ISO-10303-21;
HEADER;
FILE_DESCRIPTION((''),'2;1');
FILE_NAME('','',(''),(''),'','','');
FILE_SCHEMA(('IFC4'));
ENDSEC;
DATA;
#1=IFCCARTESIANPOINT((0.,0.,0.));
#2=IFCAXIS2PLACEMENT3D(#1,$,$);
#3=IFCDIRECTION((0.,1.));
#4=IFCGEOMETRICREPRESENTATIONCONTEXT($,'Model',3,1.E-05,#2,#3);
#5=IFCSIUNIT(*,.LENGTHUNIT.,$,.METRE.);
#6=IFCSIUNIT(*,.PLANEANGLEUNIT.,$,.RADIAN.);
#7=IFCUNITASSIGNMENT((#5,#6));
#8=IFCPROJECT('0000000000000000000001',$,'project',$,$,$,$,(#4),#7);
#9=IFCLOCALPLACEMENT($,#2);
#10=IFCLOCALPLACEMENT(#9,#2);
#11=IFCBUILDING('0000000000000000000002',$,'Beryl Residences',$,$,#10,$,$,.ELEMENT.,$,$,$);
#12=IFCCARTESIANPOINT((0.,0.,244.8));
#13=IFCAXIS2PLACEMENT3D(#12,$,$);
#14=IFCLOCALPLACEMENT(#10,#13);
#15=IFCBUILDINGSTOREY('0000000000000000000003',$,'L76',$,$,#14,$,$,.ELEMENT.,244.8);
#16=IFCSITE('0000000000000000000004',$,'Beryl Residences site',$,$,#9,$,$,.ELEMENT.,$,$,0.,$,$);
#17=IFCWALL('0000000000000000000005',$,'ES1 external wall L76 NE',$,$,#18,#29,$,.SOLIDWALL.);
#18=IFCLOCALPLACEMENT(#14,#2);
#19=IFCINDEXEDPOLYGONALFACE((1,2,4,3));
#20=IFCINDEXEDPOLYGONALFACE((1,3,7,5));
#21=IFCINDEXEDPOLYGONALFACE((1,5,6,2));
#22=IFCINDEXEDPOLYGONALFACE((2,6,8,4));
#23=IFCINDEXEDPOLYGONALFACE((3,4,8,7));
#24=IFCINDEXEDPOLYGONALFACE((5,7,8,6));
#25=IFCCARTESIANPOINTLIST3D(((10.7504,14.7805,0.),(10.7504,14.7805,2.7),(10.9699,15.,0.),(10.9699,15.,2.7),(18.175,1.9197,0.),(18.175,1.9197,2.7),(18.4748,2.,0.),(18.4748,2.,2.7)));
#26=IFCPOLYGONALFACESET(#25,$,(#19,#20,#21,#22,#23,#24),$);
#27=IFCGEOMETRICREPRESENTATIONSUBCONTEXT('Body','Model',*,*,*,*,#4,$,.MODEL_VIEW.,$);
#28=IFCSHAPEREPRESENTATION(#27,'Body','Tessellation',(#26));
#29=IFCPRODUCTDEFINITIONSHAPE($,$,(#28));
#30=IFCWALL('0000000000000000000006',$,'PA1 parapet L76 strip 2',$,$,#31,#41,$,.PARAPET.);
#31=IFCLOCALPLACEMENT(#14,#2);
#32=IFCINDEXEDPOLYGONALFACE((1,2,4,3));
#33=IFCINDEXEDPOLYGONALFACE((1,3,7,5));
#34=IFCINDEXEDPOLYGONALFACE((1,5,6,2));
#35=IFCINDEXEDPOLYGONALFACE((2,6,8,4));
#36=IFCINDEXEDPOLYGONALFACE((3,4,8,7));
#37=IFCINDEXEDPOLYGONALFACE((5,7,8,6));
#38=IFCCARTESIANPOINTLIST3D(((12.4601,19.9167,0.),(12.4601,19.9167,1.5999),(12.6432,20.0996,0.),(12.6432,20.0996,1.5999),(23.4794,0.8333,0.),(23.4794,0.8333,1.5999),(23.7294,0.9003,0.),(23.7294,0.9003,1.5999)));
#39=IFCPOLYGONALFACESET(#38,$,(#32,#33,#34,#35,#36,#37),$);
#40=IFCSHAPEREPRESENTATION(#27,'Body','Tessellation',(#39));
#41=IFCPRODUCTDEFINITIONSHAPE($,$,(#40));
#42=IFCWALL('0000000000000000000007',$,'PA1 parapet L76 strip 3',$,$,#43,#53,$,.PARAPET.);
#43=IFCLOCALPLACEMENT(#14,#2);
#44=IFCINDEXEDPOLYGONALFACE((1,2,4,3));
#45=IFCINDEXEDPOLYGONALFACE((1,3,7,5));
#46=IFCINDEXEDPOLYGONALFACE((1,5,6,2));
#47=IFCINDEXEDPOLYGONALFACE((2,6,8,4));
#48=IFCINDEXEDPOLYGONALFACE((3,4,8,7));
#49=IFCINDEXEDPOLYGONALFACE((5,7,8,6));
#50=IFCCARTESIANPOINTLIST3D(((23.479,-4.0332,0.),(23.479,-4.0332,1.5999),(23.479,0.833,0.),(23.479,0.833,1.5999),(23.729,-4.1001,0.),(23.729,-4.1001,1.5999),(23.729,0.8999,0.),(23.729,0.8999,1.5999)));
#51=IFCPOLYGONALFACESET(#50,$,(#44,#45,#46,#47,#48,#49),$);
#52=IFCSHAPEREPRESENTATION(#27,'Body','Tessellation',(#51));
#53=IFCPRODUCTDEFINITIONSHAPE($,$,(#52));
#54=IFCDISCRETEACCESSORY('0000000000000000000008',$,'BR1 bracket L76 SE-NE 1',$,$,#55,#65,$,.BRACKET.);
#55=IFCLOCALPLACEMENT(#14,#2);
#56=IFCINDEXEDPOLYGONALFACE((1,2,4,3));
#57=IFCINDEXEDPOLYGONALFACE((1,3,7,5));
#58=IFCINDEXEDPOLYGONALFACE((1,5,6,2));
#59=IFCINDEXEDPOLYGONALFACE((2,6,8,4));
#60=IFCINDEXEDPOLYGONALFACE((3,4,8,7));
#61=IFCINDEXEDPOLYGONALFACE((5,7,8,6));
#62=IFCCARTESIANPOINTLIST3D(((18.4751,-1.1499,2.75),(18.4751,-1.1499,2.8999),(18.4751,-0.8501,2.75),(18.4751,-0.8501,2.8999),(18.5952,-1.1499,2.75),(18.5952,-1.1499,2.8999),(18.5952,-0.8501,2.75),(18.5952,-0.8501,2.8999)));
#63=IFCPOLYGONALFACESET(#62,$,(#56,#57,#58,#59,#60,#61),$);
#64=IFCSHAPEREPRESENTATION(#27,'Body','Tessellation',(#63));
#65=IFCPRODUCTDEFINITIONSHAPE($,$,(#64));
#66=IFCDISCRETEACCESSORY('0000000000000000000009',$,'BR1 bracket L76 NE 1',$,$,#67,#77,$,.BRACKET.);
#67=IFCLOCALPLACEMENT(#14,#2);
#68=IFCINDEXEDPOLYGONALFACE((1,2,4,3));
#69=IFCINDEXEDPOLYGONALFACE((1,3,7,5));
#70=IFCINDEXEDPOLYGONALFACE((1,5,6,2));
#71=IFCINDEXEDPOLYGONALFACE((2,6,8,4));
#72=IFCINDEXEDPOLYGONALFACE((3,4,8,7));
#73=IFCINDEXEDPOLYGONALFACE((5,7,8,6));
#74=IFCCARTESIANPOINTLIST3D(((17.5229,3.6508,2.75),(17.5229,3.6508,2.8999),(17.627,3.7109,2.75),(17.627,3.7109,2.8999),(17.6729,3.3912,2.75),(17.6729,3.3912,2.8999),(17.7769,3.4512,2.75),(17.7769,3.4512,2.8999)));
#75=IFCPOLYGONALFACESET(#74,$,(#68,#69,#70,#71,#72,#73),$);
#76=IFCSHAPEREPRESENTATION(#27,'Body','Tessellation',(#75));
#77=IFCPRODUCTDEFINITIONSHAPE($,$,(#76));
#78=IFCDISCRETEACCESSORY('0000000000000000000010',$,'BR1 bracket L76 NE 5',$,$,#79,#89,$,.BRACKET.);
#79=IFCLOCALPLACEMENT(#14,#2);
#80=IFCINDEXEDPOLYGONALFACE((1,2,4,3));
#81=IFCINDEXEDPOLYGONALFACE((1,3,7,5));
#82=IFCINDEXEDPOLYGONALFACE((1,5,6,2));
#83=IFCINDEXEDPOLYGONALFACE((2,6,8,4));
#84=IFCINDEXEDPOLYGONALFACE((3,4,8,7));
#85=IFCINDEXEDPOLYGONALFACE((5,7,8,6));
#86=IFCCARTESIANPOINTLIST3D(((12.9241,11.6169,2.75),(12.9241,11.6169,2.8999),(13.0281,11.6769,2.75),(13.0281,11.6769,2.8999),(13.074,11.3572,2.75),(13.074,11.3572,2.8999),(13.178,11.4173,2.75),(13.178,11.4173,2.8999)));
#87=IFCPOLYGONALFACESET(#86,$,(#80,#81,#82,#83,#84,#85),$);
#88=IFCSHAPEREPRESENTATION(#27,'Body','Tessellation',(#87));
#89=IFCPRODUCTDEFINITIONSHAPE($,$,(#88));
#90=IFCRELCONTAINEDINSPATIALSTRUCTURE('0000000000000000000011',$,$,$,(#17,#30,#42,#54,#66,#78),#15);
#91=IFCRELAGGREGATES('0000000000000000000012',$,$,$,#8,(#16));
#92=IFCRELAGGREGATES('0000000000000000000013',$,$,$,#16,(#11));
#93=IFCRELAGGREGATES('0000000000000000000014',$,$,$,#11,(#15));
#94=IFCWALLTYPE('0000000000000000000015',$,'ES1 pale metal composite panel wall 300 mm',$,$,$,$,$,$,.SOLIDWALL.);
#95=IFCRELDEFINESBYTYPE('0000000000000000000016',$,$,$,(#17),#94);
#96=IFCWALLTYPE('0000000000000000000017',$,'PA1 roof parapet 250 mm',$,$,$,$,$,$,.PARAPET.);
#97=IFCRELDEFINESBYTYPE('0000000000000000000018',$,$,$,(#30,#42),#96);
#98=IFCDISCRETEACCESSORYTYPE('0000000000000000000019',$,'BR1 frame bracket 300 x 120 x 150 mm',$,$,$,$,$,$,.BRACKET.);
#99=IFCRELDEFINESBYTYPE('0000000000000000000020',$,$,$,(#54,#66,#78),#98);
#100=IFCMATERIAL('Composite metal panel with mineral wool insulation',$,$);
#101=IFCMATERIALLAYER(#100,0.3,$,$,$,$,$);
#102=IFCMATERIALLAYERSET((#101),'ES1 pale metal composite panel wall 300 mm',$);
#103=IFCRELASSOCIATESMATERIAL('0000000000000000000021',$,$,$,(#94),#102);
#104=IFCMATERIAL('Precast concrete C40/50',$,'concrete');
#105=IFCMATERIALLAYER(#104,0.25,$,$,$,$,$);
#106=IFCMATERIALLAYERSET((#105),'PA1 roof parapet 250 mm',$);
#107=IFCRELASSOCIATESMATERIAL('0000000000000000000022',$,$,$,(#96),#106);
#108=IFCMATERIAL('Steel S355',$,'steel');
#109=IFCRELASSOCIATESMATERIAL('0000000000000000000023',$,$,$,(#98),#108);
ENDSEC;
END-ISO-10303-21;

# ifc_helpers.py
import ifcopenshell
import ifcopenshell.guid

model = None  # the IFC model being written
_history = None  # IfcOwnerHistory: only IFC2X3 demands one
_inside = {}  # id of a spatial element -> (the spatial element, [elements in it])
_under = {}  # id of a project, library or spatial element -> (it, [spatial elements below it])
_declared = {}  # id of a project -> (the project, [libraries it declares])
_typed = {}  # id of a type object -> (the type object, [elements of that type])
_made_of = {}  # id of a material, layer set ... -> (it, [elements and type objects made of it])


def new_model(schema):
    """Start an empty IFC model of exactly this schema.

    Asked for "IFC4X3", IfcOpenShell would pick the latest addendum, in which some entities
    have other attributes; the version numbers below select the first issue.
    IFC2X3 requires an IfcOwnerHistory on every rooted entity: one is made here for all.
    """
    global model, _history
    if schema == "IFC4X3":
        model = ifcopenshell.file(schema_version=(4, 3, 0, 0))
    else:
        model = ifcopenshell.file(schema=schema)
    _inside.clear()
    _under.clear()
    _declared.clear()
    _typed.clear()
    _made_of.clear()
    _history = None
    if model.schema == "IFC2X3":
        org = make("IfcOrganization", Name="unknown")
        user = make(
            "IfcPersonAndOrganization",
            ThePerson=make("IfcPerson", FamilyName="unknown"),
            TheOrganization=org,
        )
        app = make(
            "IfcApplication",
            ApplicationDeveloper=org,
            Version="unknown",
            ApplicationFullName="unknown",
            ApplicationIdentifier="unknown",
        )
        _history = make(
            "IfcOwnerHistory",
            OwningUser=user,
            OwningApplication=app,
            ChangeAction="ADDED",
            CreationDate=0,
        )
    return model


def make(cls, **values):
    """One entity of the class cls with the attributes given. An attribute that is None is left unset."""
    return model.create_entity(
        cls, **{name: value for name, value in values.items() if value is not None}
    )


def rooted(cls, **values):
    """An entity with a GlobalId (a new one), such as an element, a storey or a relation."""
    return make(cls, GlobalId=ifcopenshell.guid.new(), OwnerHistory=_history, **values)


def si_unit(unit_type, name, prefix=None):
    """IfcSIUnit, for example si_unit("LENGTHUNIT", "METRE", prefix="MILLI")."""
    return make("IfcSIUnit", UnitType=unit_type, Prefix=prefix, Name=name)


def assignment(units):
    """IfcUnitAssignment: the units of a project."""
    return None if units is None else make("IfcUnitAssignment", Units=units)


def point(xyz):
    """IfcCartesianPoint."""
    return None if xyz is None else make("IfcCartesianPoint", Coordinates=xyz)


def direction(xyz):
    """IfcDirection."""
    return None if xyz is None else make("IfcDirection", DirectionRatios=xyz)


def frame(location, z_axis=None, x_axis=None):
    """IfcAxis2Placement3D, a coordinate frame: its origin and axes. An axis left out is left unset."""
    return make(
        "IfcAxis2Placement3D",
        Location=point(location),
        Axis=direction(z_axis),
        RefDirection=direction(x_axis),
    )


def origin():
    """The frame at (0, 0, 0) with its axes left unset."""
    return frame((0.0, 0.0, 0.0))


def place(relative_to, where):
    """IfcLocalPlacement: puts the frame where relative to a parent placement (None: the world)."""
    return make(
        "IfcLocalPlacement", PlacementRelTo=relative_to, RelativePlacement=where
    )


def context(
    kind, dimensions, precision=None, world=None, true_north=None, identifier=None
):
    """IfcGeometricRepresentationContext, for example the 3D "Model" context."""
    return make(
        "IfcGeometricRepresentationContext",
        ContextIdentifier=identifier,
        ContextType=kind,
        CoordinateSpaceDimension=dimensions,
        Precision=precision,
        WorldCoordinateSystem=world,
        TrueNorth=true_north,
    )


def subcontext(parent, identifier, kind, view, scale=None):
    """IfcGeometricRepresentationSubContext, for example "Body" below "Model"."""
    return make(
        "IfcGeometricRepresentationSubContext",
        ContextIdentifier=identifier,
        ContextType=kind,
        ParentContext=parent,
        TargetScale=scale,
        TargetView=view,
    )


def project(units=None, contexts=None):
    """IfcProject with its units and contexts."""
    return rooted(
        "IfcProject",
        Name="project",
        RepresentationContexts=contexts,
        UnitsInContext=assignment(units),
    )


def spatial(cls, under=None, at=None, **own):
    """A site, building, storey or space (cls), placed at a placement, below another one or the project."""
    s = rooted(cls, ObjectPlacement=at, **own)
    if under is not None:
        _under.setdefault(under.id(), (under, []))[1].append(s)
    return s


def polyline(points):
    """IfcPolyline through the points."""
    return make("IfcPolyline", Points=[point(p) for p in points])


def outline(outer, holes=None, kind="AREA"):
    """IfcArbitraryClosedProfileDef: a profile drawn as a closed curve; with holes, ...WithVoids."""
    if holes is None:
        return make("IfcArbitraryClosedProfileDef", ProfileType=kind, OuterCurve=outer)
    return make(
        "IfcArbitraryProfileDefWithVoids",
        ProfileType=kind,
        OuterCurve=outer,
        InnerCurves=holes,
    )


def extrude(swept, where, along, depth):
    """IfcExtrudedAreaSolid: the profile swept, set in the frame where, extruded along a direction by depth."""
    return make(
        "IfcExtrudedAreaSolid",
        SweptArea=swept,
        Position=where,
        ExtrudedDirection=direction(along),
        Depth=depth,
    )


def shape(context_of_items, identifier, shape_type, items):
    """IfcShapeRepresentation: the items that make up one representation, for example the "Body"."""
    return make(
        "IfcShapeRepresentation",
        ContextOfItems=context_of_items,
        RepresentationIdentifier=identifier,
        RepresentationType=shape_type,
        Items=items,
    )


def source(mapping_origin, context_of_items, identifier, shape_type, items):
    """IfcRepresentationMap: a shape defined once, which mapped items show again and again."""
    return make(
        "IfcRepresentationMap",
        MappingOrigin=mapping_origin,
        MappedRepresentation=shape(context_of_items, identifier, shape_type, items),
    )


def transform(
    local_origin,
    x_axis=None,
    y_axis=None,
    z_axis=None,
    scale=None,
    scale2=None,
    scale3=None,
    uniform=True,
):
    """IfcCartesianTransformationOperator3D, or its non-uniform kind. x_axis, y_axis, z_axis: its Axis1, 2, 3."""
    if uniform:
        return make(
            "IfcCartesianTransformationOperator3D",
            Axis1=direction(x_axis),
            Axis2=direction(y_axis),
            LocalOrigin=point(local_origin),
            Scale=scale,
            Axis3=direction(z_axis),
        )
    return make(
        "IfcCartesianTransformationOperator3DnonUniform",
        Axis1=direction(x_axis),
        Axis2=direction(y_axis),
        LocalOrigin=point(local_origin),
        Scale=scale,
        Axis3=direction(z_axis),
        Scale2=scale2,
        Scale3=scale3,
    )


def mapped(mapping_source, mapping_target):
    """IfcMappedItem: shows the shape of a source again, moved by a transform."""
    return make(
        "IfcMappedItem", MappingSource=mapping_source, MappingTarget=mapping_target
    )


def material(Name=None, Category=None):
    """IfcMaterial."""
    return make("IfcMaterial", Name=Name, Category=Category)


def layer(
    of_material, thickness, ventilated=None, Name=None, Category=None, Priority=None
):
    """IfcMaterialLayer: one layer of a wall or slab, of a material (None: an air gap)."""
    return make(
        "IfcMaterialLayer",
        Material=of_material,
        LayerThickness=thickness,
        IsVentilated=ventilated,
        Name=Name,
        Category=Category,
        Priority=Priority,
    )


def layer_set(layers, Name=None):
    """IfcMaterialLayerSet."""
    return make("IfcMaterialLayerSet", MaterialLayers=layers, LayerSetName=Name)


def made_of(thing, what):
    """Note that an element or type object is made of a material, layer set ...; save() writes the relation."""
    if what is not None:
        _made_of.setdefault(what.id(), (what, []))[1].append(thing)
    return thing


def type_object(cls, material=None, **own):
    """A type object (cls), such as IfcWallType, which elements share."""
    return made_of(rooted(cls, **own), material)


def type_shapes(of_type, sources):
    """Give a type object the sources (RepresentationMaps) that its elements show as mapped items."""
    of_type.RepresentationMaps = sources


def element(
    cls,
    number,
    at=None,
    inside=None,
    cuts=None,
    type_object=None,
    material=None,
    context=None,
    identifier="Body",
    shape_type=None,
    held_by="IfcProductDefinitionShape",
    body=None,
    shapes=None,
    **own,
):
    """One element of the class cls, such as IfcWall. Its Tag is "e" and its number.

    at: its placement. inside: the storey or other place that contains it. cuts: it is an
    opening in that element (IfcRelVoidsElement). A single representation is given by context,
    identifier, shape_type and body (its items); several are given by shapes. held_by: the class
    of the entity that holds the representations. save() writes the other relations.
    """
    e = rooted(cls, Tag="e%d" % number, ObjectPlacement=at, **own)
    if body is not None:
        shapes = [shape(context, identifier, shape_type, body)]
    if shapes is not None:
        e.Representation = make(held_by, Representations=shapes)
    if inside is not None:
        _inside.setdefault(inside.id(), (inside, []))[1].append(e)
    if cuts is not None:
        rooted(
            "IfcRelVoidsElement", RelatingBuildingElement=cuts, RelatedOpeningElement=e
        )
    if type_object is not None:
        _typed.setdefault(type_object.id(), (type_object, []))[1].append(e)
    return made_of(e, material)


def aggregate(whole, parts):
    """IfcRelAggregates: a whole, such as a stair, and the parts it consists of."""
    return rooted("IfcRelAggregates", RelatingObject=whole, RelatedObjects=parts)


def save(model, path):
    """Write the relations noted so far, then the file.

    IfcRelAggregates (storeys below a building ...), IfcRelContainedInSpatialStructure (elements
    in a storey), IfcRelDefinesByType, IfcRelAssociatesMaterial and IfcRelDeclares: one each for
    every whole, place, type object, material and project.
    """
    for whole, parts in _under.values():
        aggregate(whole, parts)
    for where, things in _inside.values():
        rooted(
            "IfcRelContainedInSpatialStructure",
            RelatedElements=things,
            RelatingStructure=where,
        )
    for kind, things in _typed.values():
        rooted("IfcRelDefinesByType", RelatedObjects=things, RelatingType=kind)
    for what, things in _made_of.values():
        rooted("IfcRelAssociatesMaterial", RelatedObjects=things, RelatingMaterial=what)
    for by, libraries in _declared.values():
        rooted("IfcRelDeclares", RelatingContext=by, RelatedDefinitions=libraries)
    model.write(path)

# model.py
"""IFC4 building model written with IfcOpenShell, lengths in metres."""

from ifc_helpers import new_model, si_unit, direction, frame, origin, place, context, subcontext, project, spatial, polyline, outline, extrude, source, transform, mapped, material, layer, layer_set, type_object, type_shapes, element, save


model = new_model("IFC4")

# Units and contexts
model_context = context("Model", 3, precision=1e-05, world=origin(), true_north=direction((0.0, 1.0)))
body_context = subcontext(model_context, "Body", "Model", "MODEL_VIEW")
ifc_project = project(units=[si_unit("LENGTHUNIT", "METRE"), si_unit("PLANEANGLEUNIT", "RADIAN")], contexts=[model_context])

# Site, building, storey
site_placement = place(None, origin())
site = spatial("IfcSite", under=ifc_project, at=site_placement, Name="Beryl Residences site", CompositionType="ELEMENT", RefElevation=0.0)
building_placement = place(site_placement, origin())
building = spatial("IfcBuilding", under=site, at=building_placement, Name="Beryl Residences", CompositionType="ELEMENT")
storey_placement = place(building_placement, frame((0.0, 0.0, 244.8)))
storey = spatial("IfcBuildingStorey", under=building, at=storey_placement, Name="L76", CompositionType="ELEMENT", Elevation=244.8)

# Walls
ifc_material_1 = material(Name="Composite metal panel with mineral wool insulation")
ifc_layer_1 = layer(ifc_material_1, 0.3)
ifc_layer_set_1 = layer_set([ifc_layer_1], Name="ES1 pale metal composite panel wall 300 mm")
wall_type_1 = type_object("IfcWallType", Name="ES1 pale metal composite panel wall 300 mm", PredefinedType="SOLIDWALL", material=ifc_layer_set_1)
wall_1_placement = place(storey_placement, frame((18.345, 1.925, 0.0), z_axis=(0.0, 0.0, 1.0), x_axis=(-0.499966, 0.866045, 0.0)))
element("IfcWall", 1, at=wall_1_placement, inside=storey, type_object=wall_type_1, Name="ES1 external wall L76 NE", PredefinedType="SOLIDWALL", context=body_context, shape_type="SweptSolid", body=[
    extrude(outline(polyline([(0.0, -0.1499), (15.0107, -0.1499), (14.9304, 0.1499), (0.0803, 0.1499), (0.0, -0.1499)])), origin(), (0.0, 0.0, 1.0), 2.7),
])
ifc_material_2 = material(Name="Precast concrete C40/50", Category="concrete")
ifc_layer_2 = layer(ifc_material_2, 0.25)
ifc_layer_set_2 = layer_set([ifc_layer_2], Name="PA1 roof parapet 250 mm")
wall_type_2 = type_object("IfcWallType", Name="PA1 roof parapet 250 mm", PredefinedType="PARAPET", material=ifc_layer_set_2)
wall_2_placement = place(storey_placement, frame((12.5349, 20.0371, 0.0), z_axis=(0.0, 0.0, 1.0), x_axis=(0.500051, -0.865996, 0.0)))
element("IfcWall", 2, at=wall_2_placement, inside=storey, type_object=wall_type_2, Name="PA1 parapet L76 strip 2", PredefinedType="PARAPET", context=body_context, shape_type="SweptSolid", body=[
    extrude(outline(polyline([(0.0669, -0.125), (22.1033, -0.125), (22.1702, 0.125), (0.0, 0.125), (0.0669, -0.125)])), origin(), (0.0, 0.0, 1.0), 1.5999),
])
wall_3_placement = place(storey_placement, frame((23.604, 0.8999, 0.0), z_axis=(0.0, 0.0, 1.0), x_axis=(0.0, -1.0, 0.0)))
element("IfcWall", 3, at=wall_3_placement, inside=storey, type_object=wall_type_2, Name="PA1 parapet L76 strip 3", PredefinedType="PARAPET", context=body_context, shape_type="SweptSolid", body=[
    extrude(outline(polyline([(0.0669, -0.125), (4.9331, -0.125), (5.0, 0.125), (0.0, 0.125), (0.0669, -0.125)])), origin(), (0.0, 0.0, 1.0), 1.5999),
])

# Discrete accessories
ifc_material_3 = material(Name="Steel S355", Category="steel")
discrete_accessory_type = type_object("IfcDiscreteAccessoryType", Name="BR1 frame bracket 300 x 120 x 150 mm", PredefinedType="BRACKET", material=ifc_material_3)
shared_shape_1 = source(origin(), body_context, "Body", "SweptSolid", [
    extrude(outline(polyline([(-0.1499, 0.0), (0.1499, 0.0), (0.1499, 0.1201), (-0.1499, 0.1201), (-0.1499, 0.0)])), origin(), (0.0, 0.0, 1.0), 0.1499),
])
type_shapes(discrete_accessory_type, [shared_shape_1])
for number, where, z_axis, x_axis, name in (
    (4, (18.4751, -1.0, 2.75), (0.0, 0.0, 1.0), (0.0, -1.0, 0.0), "BR1 bracket L76 SE-NE 1"),
    (5, (17.5979, 3.521, 2.75), (0.0, 0.0, 1.0), (0.5, -0.866025, 0.0), "BR1 bracket L76 NE 1"),
    (6, (12.999, 11.4871, 2.75), (0.0, 0.0, 1.0), (0.5, -0.866025, 0.0), "BR1 bracket L76 NE 5"),
):
    element("IfcDiscreteAccessory", number, at=place(storey_placement, frame(where, z_axis=z_axis, x_axis=x_axis)), inside=storey, type_object=discrete_accessory_type, Name=name, PredefinedType="BRACKET", context=body_context, shape_type="MappedRepresentation", body=[
        mapped(shared_shape_1, transform((0.0, 0.0, 0.0))),
    ])

save(model, "model.ifc")
